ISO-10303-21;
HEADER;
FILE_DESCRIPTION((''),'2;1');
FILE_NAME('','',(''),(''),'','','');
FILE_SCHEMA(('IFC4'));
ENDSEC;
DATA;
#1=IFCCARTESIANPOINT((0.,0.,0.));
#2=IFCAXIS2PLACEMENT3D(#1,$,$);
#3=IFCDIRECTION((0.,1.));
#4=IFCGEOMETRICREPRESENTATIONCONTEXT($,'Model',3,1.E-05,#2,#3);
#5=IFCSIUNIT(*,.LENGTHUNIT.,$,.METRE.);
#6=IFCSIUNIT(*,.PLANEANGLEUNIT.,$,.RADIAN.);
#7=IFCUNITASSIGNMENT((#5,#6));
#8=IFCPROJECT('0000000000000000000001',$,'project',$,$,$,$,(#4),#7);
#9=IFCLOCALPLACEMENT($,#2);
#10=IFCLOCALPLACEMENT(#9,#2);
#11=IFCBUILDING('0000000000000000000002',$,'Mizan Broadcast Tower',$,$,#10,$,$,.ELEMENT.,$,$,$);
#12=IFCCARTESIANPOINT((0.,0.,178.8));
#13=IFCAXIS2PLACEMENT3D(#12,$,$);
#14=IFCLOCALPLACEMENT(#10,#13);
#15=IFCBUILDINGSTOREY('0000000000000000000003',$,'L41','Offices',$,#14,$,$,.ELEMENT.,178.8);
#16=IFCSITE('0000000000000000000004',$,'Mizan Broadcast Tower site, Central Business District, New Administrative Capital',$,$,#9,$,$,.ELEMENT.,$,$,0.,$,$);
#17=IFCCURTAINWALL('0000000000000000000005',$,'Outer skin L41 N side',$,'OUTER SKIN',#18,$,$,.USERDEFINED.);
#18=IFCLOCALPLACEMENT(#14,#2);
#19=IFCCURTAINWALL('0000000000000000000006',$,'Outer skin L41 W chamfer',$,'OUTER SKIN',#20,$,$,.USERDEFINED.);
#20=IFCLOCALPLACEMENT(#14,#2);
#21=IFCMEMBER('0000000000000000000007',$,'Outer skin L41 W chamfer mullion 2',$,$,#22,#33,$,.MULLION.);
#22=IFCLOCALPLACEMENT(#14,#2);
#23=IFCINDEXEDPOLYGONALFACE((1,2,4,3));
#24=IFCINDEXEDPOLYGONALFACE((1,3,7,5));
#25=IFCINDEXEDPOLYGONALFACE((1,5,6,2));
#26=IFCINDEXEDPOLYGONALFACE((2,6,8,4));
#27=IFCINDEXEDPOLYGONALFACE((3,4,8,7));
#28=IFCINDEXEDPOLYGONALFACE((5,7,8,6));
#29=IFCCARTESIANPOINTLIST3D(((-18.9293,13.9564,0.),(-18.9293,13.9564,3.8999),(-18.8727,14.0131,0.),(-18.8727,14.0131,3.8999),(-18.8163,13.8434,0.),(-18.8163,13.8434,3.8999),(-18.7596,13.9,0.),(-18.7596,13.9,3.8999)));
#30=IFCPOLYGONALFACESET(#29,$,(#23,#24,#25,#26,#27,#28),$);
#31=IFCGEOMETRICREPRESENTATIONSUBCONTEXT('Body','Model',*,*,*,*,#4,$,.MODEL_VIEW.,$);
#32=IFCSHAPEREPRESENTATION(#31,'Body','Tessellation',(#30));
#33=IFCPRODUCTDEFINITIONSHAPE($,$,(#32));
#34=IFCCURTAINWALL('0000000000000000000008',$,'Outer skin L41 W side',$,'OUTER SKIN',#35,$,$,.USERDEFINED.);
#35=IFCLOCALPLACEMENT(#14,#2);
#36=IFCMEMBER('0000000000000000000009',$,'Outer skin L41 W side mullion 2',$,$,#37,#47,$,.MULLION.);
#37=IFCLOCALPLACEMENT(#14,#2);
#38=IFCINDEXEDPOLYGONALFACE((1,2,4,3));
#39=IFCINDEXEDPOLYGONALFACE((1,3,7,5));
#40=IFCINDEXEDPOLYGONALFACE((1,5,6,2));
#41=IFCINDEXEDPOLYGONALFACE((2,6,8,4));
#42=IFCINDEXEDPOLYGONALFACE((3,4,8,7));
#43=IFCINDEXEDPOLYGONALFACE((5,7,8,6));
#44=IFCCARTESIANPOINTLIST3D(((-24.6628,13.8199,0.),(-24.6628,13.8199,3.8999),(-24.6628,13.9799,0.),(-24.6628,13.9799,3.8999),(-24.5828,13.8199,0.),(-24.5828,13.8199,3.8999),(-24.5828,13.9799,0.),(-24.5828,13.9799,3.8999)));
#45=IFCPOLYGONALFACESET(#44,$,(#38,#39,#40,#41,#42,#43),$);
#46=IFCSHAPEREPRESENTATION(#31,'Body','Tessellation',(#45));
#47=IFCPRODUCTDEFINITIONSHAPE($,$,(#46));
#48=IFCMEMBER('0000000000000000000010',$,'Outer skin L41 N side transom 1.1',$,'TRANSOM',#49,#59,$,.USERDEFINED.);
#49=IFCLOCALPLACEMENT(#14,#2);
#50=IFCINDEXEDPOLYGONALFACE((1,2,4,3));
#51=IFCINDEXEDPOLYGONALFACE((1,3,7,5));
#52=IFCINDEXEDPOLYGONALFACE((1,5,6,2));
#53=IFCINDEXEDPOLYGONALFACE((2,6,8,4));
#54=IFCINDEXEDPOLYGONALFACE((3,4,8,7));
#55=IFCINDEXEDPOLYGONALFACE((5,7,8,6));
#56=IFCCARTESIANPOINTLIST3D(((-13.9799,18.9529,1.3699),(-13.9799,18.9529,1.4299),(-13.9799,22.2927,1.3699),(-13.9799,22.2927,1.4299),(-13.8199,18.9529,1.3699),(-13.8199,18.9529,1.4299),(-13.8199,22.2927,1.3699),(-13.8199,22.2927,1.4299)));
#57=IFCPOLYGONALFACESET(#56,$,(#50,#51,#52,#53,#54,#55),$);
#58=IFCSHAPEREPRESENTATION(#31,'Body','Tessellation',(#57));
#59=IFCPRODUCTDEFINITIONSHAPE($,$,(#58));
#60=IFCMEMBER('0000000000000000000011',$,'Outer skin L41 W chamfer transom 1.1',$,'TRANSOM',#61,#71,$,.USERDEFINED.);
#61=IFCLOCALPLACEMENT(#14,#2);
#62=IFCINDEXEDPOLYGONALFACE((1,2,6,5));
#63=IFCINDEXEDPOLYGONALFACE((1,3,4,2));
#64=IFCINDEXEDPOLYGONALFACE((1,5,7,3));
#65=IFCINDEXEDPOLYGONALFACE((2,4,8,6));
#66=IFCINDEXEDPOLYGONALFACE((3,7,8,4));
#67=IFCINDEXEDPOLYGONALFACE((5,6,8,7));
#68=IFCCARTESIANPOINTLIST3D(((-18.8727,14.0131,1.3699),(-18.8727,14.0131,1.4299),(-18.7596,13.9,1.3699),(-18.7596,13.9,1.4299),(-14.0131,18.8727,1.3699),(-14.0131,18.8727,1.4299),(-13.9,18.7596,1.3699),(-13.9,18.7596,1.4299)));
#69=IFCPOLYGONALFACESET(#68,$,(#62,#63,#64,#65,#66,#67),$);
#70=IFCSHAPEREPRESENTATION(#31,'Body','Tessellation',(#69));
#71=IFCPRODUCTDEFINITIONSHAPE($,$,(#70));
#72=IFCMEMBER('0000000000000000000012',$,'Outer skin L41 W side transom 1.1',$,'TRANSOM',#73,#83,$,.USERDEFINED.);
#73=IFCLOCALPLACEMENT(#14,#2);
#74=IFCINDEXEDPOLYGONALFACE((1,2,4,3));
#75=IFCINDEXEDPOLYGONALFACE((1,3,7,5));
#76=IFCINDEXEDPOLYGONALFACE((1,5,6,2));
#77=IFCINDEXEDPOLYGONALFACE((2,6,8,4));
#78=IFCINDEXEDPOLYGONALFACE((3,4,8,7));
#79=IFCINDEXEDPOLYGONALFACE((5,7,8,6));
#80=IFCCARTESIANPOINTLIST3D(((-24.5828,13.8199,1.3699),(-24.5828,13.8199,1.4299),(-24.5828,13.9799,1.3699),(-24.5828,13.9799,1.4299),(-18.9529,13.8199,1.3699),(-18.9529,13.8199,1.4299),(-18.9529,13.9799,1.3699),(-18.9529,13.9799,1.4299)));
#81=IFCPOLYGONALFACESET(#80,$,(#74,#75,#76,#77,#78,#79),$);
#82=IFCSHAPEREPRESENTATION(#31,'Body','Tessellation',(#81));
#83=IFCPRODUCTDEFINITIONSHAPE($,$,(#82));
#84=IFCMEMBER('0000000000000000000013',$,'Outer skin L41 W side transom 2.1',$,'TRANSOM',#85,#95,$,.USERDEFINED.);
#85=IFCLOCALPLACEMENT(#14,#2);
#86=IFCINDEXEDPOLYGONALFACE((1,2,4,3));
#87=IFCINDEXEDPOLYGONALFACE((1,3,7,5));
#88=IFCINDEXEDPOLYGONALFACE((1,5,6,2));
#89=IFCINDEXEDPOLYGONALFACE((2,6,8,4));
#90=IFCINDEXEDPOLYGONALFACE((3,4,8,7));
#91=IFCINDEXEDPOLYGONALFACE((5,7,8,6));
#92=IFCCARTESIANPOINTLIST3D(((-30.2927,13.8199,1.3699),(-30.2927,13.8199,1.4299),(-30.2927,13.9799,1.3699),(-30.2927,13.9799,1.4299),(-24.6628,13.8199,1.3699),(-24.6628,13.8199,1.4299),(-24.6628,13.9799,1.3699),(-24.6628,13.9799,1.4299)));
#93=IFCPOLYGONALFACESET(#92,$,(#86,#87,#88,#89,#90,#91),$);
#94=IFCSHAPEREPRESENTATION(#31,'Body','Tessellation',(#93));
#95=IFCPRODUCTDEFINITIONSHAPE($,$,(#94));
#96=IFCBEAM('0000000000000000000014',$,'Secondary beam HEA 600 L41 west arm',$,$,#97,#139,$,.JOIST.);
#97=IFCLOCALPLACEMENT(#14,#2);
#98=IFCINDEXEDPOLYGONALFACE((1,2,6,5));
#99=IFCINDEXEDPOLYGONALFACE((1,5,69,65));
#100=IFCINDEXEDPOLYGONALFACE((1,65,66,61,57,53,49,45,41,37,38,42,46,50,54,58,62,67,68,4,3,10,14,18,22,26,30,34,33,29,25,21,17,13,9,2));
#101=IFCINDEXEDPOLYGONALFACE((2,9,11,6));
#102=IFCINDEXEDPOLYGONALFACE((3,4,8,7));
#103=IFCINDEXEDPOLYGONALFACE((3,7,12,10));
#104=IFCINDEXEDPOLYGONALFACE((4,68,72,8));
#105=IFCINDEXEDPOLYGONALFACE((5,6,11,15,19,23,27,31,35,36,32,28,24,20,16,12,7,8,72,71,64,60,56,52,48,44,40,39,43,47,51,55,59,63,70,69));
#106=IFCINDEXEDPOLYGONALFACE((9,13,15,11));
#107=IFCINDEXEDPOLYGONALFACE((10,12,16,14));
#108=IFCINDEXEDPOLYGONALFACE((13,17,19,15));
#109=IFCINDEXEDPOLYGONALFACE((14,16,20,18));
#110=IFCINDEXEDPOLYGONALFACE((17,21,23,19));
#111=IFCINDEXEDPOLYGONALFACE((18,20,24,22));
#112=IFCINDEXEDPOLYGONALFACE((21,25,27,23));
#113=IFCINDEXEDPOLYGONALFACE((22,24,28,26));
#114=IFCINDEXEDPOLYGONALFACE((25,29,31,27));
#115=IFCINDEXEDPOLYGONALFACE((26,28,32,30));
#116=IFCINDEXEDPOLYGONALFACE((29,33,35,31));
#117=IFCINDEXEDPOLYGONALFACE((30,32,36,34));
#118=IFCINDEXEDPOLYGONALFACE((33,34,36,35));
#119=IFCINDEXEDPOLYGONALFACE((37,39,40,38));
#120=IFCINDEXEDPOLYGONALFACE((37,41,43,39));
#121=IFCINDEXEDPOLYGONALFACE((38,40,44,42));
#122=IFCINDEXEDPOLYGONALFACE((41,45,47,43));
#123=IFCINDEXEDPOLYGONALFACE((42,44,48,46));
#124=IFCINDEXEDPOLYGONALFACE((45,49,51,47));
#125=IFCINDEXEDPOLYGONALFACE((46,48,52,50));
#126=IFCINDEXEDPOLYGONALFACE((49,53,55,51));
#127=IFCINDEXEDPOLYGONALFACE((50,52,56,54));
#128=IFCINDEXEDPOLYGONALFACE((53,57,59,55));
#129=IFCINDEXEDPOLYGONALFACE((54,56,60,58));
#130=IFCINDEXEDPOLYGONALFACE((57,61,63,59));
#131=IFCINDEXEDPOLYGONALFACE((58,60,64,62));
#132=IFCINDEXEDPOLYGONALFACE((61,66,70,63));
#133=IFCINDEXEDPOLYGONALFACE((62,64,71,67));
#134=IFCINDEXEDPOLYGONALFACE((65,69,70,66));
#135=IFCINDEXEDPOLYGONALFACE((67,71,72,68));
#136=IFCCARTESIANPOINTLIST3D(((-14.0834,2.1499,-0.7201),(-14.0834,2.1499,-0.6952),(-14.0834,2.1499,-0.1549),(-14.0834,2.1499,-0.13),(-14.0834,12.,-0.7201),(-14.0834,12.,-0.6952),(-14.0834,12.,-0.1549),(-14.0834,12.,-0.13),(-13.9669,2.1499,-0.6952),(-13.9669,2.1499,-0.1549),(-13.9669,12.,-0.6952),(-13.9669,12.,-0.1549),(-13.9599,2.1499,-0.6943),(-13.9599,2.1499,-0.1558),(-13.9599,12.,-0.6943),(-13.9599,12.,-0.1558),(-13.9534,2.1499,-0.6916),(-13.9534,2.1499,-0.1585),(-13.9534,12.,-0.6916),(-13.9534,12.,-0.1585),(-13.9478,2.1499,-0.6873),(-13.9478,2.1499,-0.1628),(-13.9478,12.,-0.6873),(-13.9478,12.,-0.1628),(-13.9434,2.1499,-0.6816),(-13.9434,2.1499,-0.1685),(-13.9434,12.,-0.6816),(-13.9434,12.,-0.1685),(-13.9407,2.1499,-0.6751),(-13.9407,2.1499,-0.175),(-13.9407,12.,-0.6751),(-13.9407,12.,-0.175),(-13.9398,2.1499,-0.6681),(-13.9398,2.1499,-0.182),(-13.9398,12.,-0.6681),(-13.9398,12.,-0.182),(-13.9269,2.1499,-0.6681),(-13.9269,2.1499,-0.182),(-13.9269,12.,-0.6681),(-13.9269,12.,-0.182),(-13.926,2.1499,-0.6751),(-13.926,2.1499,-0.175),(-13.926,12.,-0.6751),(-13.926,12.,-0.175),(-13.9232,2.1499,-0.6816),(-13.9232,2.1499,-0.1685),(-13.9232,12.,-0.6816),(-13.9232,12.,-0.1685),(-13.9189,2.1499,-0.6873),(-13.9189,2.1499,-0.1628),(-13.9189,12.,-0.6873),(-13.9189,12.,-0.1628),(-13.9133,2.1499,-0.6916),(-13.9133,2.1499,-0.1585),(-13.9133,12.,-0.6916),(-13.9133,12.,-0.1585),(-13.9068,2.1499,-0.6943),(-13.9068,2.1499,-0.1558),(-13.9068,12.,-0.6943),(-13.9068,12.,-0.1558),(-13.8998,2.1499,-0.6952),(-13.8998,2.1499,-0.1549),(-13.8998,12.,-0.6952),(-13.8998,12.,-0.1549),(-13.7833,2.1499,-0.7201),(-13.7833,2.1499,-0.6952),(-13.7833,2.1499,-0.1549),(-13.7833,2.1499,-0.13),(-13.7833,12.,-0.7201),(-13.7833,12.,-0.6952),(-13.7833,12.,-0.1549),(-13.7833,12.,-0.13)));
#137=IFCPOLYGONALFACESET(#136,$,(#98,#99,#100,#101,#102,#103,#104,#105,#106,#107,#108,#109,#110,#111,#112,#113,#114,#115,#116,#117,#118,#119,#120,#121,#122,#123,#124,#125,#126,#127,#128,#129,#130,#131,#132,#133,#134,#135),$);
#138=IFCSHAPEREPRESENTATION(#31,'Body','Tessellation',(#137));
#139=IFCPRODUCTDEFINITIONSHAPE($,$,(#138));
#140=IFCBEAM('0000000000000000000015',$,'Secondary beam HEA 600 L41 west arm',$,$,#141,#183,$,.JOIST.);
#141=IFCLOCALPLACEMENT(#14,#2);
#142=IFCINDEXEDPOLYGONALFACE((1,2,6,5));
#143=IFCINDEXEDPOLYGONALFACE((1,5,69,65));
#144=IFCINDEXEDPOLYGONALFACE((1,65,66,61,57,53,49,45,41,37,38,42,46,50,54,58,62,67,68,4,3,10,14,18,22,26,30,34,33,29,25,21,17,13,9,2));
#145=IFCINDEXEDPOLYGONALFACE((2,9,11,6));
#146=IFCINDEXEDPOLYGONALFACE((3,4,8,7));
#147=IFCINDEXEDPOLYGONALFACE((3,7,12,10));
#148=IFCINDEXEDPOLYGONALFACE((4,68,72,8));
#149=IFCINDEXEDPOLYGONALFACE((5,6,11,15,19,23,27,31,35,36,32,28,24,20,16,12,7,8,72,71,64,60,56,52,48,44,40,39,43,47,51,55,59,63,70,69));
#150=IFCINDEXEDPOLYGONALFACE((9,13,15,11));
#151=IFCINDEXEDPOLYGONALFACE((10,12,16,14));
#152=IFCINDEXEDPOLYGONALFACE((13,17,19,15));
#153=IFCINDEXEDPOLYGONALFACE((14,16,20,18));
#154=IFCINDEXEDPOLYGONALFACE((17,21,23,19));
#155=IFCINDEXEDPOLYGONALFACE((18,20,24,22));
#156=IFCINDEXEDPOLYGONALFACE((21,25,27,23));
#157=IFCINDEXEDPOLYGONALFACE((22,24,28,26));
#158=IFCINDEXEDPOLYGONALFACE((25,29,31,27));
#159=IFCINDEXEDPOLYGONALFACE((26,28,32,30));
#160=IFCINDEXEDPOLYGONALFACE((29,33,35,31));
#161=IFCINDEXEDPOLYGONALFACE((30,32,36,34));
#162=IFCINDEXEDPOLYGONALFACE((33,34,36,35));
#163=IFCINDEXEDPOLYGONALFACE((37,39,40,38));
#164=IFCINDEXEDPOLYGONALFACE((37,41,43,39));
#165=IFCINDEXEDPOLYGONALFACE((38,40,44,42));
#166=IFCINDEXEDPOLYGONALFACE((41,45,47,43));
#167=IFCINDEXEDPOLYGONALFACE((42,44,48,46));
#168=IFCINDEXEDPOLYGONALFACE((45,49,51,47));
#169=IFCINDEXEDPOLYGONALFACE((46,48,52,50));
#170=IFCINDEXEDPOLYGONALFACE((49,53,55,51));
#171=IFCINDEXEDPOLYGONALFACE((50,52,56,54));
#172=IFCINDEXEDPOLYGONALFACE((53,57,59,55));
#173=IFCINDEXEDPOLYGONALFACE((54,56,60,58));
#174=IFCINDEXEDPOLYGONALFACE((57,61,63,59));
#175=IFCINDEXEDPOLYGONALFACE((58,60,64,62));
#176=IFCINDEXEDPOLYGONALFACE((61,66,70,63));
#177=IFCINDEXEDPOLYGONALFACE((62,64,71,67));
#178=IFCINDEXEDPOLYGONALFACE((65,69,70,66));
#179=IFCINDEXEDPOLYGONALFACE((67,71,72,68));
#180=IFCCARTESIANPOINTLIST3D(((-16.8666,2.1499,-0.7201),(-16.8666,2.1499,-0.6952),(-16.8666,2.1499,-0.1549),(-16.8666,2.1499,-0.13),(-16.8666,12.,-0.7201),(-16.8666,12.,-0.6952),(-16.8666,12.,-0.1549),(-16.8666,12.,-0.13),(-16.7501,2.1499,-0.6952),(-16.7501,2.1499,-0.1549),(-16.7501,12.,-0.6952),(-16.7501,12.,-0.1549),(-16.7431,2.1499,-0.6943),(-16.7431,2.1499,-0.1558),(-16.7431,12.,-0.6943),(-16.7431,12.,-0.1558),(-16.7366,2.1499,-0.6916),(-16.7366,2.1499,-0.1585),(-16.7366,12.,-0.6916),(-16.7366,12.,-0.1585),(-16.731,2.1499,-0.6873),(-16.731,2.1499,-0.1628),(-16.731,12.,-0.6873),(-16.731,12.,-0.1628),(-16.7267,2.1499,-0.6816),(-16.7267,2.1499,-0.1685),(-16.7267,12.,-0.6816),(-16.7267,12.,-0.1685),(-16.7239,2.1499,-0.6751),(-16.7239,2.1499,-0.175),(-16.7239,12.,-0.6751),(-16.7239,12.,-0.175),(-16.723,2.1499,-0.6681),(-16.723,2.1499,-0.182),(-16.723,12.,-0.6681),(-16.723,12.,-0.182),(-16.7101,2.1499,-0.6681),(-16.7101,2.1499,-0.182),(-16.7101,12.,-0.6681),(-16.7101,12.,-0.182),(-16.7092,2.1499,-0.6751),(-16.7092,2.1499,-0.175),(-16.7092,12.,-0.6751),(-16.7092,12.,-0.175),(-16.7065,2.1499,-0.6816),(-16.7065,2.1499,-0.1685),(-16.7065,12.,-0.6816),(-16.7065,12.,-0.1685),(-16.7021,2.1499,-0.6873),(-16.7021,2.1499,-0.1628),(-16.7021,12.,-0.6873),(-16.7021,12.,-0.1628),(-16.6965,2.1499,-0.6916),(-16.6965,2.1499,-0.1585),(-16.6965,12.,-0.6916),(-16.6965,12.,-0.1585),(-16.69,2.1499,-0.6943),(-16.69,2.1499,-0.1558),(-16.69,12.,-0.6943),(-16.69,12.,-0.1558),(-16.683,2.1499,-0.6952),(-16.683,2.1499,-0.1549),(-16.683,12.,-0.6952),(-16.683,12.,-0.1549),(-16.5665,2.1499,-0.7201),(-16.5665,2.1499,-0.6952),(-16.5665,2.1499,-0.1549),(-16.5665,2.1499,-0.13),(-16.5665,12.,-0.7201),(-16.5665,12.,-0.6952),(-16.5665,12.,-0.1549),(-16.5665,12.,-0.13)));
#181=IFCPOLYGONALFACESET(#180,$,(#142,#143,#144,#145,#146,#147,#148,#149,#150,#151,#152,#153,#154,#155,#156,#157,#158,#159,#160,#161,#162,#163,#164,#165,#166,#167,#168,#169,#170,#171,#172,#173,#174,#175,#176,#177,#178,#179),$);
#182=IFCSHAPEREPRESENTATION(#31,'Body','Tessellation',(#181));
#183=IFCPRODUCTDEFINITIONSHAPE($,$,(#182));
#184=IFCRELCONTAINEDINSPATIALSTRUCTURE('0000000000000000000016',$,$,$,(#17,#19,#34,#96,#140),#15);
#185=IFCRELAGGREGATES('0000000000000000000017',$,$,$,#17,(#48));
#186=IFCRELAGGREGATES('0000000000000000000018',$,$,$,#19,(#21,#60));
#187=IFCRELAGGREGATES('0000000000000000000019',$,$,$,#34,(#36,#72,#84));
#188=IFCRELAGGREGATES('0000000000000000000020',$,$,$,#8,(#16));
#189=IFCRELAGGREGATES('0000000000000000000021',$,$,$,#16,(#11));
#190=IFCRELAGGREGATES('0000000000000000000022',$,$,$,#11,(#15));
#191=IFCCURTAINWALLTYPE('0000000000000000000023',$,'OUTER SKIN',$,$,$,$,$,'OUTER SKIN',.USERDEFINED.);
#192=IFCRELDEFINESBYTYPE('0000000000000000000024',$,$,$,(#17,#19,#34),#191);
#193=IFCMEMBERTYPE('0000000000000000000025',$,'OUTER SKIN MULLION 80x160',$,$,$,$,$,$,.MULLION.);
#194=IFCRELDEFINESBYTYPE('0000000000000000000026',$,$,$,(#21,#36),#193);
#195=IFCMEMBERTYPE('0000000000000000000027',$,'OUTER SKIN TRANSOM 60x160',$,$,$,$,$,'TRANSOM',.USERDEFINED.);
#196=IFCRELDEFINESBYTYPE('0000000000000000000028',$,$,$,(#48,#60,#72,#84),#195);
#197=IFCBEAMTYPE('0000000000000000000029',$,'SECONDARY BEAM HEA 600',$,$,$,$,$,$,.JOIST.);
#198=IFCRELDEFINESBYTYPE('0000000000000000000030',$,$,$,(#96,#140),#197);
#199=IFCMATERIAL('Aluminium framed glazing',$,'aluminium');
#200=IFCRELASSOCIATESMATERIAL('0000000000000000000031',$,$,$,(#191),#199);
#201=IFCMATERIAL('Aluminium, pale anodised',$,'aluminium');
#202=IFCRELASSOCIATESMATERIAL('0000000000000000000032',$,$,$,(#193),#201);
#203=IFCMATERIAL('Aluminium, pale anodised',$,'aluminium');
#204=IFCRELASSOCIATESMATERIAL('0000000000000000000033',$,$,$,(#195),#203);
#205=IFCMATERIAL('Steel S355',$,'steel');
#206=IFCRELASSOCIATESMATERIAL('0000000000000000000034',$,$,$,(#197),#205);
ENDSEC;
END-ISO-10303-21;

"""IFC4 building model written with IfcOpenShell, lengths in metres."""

from ifc_helpers import new_model, si_unit, direction, frame, origin, origin_2d, place, context, subcontext, project, spatial, rectangle, i_section, extrude, material, material_profile, profile_set, type_object, element, aggregate, save


model = new_model("IFC4")

# Units and contexts
model_context = context("Model", 3, precision=1e-05, world=origin(), true_north=direction((0.0, 1.0)))
body_context = subcontext(model_context, "Body", "Model", "MODEL_VIEW")
ifc_project = project(units=[si_unit("LENGTHUNIT", "METRE"), si_unit("PLANEANGLEUNIT", "RADIAN")], contexts=[model_context])

# Site, building, storey
site_placement = place(None, origin())
site = spatial("IfcSite", under=ifc_project, at=site_placement, Name="Mizan Broadcast Tower site, Central Business District, New Administrative Capital", CompositionType="ELEMENT", RefElevation=0.0)
building_placement = place(site_placement, origin())
building = spatial("IfcBuilding", under=site, at=building_placement, Name="Mizan Broadcast Tower", CompositionType="ELEMENT")
storey_placement = place(building_placement, frame((0.0, 0.0, 178.8)))
storey = spatial("IfcBuildingStorey", under=building, at=storey_placement, Name="L41", Description="Offices", CompositionType="ELEMENT", Elevation=178.8)

# Curtain walls, members
ifc_material_1 = material(Name="Aluminium framed glazing", Category="aluminium")
curtain_wall_type_1 = type_object("IfcCurtainWallType", Name="OUTER SKIN", ElementType="OUTER SKIN", PredefinedType="USERDEFINED", material=ifc_material_1)
curtain_wall_1_placement = place(storey_placement, origin())
curtain_wall_1 = element("IfcCurtainWall", 1, at=curtain_wall_1_placement, inside=storey, type_object=curtain_wall_type_1, Name="Outer skin L41 N side", ObjectType="OUTER SKIN", PredefinedType="USERDEFINED")
ifc_material_2 = material(Name="Aluminium, pale anodised", Category="aluminium")
ifc_material_profile_1 = material_profile(ifc_material_2, rectangle(XDim=0.1599, YDim=0.0801, at=origin_2d()), Name="MULLION 160x80")
ifc_profile_set_1 = profile_set([ifc_material_profile_1], Name="Aluminium, pale anodised")
member_type_1 = type_object("IfcMemberType", Name="OUTER SKIN MULLION 80x160", PredefinedType="MULLION", material=ifc_profile_set_1)
curtain_wall_2_placement = place(storey_placement, origin())
curtain_wall_2 = element("IfcCurtainWall", 2, at=curtain_wall_2_placement, inside=storey, type_object=curtain_wall_type_1, Name="Outer skin L41 W chamfer", ObjectType="OUTER SKIN", PredefinedType="USERDEFINED")
member_1_placement = place(storey_placement, frame((-18.8445, 13.9282, 0.0), z_axis=(0.0, 0.0, 1.0), x_axis=(0.707107, -0.707107, 0.0)))
member_1 = element("IfcMember", 3, at=member_1_placement, type_object=member_type_1, Name="Outer skin L41 W chamfer mullion 2", PredefinedType="MULLION", context=body_context, shape_type="SweptSolid", body=[
    extrude(rectangle(XDim=0.1599, YDim=0.0801, at=origin_2d()), origin(), (0.0, 0.0, 1.0), 3.8999),
])
curtain_wall_3_placement = place(storey_placement, origin())
curtain_wall_3 = element("IfcCurtainWall", 4, at=curtain_wall_3_placement, inside=storey, type_object=curtain_wall_type_1, Name="Outer skin L41 W side", ObjectType="OUTER SKIN", PredefinedType="USERDEFINED")
member_2_placement = place(storey_placement, frame((-24.6228, 13.8999, 0.0), z_axis=(0.0, 0.0, 1.0), x_axis=(0.0, -1.0, 0.0)))
member_2 = element("IfcMember", 5, at=member_2_placement, type_object=member_type_1, Name="Outer skin L41 W side mullion 2", PredefinedType="MULLION", context=body_context, shape_type="SweptSolid", body=[
    extrude(rectangle(XDim=0.1599, YDim=0.0801, at=origin_2d()), origin(), (0.0, 0.0, 1.0), 3.8999),
])

# Members
ifc_material_3 = material(Name="Aluminium, pale anodised", Category="aluminium")
ifc_material_profile_2 = material_profile(ifc_material_3, rectangle(XDim=0.1599, YDim=0.0601, at=origin_2d()), Name="TRANSOM 160x60")
ifc_profile_set_2 = profile_set([ifc_material_profile_2], Name="Aluminium, pale anodised")
member_type_2 = type_object("IfcMemberType", Name="OUTER SKIN TRANSOM 60x160", ElementType="TRANSOM", PredefinedType="USERDEFINED", material=ifc_profile_set_2)
member_3_placement = place(storey_placement, frame((-13.8999, 22.2927, 1.3999), z_axis=(0.0, -1.0, 0.0), x_axis=(1.0, 0.0, 0.0)))
member_3 = element("IfcMember", 6, at=member_3_placement, type_object=member_type_2, Name="Outer skin L41 N side transom 1.1", ObjectType="TRANSOM", PredefinedType="USERDEFINED", context=body_context, shape_type="SweptSolid", body=[
    extrude(rectangle(XDim=0.1599, YDim=0.0601, at=origin_2d()), origin(), (0.0, 0.0, 1.0), 3.3398),
])
member_4_placement = place(storey_placement, frame((-13.9565, 18.8162, 1.3999), z_axis=(-0.707107, -0.707107, 0.0), x_axis=(0.707107, -0.707107, 0.0)))
member_4 = element("IfcMember", 7, at=member_4_placement, type_object=member_type_2, Name="Outer skin L41 W chamfer transom 1.1", ObjectType="TRANSOM", PredefinedType="USERDEFINED", context=body_context, shape_type="SweptSolid", body=[
    extrude(rectangle(XDim=0.1599, YDim=0.0601, at=origin_2d()), origin(), (0.0, 0.0, 1.0), 6.8726),
])
member_5_placement = place(storey_placement, frame((-18.9529, 13.8999, 1.3999), z_axis=(-1.0, 0.0, 0.0), x_axis=(0.0, -1.0, 0.0)))
member_5 = element("IfcMember", 8, at=member_5_placement, type_object=member_type_2, Name="Outer skin L41 W side transom 1.1", ObjectType="TRANSOM", PredefinedType="USERDEFINED", context=body_context, shape_type="SweptSolid", body=[
    extrude(rectangle(XDim=0.1599, YDim=0.0601, at=origin_2d()), origin(), (0.0, 0.0, 1.0), 5.6299),
])
member_6_placement = place(storey_placement, frame((-24.6628, 13.8999, 1.3999), z_axis=(-1.0, 0.0, 0.0), x_axis=(0.0, -1.0, 0.0)))
member_6 = element("IfcMember", 9, at=member_6_placement, type_object=member_type_2, Name="Outer skin L41 W side transom 2.1", ObjectType="TRANSOM", PredefinedType="USERDEFINED", context=body_context, shape_type="SweptSolid", body=[
    extrude(rectangle(XDim=0.1599, YDim=0.0601, at=origin_2d()), origin(), (0.0, 0.0, 1.0), 5.6299),
])

# Beams
ifc_material_4 = material(Name="Steel S355", Category="steel")
ifc_material_profile_3 = material_profile(ifc_material_4, i_section(OverallWidth=0.3, OverallDepth=0.5901, WebThickness=0.0129, FlangeThickness=0.0249, FilletRadius=0.0271, at=origin_2d()), Name="HEA 600")
ifc_profile_set_3 = profile_set([ifc_material_profile_3], Name="Steel S355")
beam_type_1 = type_object("IfcBeamType", Name="SECONDARY BEAM HEA 600", PredefinedType="JOIST", material=ifc_profile_set_3)
for number, where, z_axis, x_axis, name in (
    (10, (-13.9333, 12.0, -0.425), (0.0, -1.0, 0.0), (1.0, 0.0, 0.0), "Secondary beam HEA 600 L41 west arm"),
    (11, (-16.7166, 12.0, -0.425), (0.0, -1.0, 0.0), (1.0, 0.0, 0.0), "Secondary beam HEA 600 L41 west arm"),
):
    element("IfcBeam", number, at=place(storey_placement, frame(where, z_axis=z_axis, x_axis=x_axis)), inside=storey, type_object=beam_type_1, Name=name, PredefinedType="JOIST", context=body_context, shape_type="SweptSolid", body=[
        extrude(i_section(OverallWidth=0.3, OverallDepth=0.5901, WebThickness=0.0129, FlangeThickness=0.0249, FilletRadius=0.0271, at=origin_2d()), origin(), (0.0, 0.0, 1.0), 9.8501),
    ])

aggregate(curtain_wall_1, [member_3])
aggregate(curtain_wall_2, [member_1, member_4])
aggregate(curtain_wall_3, [member_2, member_5, member_6])

save(model, "model.ifc")
